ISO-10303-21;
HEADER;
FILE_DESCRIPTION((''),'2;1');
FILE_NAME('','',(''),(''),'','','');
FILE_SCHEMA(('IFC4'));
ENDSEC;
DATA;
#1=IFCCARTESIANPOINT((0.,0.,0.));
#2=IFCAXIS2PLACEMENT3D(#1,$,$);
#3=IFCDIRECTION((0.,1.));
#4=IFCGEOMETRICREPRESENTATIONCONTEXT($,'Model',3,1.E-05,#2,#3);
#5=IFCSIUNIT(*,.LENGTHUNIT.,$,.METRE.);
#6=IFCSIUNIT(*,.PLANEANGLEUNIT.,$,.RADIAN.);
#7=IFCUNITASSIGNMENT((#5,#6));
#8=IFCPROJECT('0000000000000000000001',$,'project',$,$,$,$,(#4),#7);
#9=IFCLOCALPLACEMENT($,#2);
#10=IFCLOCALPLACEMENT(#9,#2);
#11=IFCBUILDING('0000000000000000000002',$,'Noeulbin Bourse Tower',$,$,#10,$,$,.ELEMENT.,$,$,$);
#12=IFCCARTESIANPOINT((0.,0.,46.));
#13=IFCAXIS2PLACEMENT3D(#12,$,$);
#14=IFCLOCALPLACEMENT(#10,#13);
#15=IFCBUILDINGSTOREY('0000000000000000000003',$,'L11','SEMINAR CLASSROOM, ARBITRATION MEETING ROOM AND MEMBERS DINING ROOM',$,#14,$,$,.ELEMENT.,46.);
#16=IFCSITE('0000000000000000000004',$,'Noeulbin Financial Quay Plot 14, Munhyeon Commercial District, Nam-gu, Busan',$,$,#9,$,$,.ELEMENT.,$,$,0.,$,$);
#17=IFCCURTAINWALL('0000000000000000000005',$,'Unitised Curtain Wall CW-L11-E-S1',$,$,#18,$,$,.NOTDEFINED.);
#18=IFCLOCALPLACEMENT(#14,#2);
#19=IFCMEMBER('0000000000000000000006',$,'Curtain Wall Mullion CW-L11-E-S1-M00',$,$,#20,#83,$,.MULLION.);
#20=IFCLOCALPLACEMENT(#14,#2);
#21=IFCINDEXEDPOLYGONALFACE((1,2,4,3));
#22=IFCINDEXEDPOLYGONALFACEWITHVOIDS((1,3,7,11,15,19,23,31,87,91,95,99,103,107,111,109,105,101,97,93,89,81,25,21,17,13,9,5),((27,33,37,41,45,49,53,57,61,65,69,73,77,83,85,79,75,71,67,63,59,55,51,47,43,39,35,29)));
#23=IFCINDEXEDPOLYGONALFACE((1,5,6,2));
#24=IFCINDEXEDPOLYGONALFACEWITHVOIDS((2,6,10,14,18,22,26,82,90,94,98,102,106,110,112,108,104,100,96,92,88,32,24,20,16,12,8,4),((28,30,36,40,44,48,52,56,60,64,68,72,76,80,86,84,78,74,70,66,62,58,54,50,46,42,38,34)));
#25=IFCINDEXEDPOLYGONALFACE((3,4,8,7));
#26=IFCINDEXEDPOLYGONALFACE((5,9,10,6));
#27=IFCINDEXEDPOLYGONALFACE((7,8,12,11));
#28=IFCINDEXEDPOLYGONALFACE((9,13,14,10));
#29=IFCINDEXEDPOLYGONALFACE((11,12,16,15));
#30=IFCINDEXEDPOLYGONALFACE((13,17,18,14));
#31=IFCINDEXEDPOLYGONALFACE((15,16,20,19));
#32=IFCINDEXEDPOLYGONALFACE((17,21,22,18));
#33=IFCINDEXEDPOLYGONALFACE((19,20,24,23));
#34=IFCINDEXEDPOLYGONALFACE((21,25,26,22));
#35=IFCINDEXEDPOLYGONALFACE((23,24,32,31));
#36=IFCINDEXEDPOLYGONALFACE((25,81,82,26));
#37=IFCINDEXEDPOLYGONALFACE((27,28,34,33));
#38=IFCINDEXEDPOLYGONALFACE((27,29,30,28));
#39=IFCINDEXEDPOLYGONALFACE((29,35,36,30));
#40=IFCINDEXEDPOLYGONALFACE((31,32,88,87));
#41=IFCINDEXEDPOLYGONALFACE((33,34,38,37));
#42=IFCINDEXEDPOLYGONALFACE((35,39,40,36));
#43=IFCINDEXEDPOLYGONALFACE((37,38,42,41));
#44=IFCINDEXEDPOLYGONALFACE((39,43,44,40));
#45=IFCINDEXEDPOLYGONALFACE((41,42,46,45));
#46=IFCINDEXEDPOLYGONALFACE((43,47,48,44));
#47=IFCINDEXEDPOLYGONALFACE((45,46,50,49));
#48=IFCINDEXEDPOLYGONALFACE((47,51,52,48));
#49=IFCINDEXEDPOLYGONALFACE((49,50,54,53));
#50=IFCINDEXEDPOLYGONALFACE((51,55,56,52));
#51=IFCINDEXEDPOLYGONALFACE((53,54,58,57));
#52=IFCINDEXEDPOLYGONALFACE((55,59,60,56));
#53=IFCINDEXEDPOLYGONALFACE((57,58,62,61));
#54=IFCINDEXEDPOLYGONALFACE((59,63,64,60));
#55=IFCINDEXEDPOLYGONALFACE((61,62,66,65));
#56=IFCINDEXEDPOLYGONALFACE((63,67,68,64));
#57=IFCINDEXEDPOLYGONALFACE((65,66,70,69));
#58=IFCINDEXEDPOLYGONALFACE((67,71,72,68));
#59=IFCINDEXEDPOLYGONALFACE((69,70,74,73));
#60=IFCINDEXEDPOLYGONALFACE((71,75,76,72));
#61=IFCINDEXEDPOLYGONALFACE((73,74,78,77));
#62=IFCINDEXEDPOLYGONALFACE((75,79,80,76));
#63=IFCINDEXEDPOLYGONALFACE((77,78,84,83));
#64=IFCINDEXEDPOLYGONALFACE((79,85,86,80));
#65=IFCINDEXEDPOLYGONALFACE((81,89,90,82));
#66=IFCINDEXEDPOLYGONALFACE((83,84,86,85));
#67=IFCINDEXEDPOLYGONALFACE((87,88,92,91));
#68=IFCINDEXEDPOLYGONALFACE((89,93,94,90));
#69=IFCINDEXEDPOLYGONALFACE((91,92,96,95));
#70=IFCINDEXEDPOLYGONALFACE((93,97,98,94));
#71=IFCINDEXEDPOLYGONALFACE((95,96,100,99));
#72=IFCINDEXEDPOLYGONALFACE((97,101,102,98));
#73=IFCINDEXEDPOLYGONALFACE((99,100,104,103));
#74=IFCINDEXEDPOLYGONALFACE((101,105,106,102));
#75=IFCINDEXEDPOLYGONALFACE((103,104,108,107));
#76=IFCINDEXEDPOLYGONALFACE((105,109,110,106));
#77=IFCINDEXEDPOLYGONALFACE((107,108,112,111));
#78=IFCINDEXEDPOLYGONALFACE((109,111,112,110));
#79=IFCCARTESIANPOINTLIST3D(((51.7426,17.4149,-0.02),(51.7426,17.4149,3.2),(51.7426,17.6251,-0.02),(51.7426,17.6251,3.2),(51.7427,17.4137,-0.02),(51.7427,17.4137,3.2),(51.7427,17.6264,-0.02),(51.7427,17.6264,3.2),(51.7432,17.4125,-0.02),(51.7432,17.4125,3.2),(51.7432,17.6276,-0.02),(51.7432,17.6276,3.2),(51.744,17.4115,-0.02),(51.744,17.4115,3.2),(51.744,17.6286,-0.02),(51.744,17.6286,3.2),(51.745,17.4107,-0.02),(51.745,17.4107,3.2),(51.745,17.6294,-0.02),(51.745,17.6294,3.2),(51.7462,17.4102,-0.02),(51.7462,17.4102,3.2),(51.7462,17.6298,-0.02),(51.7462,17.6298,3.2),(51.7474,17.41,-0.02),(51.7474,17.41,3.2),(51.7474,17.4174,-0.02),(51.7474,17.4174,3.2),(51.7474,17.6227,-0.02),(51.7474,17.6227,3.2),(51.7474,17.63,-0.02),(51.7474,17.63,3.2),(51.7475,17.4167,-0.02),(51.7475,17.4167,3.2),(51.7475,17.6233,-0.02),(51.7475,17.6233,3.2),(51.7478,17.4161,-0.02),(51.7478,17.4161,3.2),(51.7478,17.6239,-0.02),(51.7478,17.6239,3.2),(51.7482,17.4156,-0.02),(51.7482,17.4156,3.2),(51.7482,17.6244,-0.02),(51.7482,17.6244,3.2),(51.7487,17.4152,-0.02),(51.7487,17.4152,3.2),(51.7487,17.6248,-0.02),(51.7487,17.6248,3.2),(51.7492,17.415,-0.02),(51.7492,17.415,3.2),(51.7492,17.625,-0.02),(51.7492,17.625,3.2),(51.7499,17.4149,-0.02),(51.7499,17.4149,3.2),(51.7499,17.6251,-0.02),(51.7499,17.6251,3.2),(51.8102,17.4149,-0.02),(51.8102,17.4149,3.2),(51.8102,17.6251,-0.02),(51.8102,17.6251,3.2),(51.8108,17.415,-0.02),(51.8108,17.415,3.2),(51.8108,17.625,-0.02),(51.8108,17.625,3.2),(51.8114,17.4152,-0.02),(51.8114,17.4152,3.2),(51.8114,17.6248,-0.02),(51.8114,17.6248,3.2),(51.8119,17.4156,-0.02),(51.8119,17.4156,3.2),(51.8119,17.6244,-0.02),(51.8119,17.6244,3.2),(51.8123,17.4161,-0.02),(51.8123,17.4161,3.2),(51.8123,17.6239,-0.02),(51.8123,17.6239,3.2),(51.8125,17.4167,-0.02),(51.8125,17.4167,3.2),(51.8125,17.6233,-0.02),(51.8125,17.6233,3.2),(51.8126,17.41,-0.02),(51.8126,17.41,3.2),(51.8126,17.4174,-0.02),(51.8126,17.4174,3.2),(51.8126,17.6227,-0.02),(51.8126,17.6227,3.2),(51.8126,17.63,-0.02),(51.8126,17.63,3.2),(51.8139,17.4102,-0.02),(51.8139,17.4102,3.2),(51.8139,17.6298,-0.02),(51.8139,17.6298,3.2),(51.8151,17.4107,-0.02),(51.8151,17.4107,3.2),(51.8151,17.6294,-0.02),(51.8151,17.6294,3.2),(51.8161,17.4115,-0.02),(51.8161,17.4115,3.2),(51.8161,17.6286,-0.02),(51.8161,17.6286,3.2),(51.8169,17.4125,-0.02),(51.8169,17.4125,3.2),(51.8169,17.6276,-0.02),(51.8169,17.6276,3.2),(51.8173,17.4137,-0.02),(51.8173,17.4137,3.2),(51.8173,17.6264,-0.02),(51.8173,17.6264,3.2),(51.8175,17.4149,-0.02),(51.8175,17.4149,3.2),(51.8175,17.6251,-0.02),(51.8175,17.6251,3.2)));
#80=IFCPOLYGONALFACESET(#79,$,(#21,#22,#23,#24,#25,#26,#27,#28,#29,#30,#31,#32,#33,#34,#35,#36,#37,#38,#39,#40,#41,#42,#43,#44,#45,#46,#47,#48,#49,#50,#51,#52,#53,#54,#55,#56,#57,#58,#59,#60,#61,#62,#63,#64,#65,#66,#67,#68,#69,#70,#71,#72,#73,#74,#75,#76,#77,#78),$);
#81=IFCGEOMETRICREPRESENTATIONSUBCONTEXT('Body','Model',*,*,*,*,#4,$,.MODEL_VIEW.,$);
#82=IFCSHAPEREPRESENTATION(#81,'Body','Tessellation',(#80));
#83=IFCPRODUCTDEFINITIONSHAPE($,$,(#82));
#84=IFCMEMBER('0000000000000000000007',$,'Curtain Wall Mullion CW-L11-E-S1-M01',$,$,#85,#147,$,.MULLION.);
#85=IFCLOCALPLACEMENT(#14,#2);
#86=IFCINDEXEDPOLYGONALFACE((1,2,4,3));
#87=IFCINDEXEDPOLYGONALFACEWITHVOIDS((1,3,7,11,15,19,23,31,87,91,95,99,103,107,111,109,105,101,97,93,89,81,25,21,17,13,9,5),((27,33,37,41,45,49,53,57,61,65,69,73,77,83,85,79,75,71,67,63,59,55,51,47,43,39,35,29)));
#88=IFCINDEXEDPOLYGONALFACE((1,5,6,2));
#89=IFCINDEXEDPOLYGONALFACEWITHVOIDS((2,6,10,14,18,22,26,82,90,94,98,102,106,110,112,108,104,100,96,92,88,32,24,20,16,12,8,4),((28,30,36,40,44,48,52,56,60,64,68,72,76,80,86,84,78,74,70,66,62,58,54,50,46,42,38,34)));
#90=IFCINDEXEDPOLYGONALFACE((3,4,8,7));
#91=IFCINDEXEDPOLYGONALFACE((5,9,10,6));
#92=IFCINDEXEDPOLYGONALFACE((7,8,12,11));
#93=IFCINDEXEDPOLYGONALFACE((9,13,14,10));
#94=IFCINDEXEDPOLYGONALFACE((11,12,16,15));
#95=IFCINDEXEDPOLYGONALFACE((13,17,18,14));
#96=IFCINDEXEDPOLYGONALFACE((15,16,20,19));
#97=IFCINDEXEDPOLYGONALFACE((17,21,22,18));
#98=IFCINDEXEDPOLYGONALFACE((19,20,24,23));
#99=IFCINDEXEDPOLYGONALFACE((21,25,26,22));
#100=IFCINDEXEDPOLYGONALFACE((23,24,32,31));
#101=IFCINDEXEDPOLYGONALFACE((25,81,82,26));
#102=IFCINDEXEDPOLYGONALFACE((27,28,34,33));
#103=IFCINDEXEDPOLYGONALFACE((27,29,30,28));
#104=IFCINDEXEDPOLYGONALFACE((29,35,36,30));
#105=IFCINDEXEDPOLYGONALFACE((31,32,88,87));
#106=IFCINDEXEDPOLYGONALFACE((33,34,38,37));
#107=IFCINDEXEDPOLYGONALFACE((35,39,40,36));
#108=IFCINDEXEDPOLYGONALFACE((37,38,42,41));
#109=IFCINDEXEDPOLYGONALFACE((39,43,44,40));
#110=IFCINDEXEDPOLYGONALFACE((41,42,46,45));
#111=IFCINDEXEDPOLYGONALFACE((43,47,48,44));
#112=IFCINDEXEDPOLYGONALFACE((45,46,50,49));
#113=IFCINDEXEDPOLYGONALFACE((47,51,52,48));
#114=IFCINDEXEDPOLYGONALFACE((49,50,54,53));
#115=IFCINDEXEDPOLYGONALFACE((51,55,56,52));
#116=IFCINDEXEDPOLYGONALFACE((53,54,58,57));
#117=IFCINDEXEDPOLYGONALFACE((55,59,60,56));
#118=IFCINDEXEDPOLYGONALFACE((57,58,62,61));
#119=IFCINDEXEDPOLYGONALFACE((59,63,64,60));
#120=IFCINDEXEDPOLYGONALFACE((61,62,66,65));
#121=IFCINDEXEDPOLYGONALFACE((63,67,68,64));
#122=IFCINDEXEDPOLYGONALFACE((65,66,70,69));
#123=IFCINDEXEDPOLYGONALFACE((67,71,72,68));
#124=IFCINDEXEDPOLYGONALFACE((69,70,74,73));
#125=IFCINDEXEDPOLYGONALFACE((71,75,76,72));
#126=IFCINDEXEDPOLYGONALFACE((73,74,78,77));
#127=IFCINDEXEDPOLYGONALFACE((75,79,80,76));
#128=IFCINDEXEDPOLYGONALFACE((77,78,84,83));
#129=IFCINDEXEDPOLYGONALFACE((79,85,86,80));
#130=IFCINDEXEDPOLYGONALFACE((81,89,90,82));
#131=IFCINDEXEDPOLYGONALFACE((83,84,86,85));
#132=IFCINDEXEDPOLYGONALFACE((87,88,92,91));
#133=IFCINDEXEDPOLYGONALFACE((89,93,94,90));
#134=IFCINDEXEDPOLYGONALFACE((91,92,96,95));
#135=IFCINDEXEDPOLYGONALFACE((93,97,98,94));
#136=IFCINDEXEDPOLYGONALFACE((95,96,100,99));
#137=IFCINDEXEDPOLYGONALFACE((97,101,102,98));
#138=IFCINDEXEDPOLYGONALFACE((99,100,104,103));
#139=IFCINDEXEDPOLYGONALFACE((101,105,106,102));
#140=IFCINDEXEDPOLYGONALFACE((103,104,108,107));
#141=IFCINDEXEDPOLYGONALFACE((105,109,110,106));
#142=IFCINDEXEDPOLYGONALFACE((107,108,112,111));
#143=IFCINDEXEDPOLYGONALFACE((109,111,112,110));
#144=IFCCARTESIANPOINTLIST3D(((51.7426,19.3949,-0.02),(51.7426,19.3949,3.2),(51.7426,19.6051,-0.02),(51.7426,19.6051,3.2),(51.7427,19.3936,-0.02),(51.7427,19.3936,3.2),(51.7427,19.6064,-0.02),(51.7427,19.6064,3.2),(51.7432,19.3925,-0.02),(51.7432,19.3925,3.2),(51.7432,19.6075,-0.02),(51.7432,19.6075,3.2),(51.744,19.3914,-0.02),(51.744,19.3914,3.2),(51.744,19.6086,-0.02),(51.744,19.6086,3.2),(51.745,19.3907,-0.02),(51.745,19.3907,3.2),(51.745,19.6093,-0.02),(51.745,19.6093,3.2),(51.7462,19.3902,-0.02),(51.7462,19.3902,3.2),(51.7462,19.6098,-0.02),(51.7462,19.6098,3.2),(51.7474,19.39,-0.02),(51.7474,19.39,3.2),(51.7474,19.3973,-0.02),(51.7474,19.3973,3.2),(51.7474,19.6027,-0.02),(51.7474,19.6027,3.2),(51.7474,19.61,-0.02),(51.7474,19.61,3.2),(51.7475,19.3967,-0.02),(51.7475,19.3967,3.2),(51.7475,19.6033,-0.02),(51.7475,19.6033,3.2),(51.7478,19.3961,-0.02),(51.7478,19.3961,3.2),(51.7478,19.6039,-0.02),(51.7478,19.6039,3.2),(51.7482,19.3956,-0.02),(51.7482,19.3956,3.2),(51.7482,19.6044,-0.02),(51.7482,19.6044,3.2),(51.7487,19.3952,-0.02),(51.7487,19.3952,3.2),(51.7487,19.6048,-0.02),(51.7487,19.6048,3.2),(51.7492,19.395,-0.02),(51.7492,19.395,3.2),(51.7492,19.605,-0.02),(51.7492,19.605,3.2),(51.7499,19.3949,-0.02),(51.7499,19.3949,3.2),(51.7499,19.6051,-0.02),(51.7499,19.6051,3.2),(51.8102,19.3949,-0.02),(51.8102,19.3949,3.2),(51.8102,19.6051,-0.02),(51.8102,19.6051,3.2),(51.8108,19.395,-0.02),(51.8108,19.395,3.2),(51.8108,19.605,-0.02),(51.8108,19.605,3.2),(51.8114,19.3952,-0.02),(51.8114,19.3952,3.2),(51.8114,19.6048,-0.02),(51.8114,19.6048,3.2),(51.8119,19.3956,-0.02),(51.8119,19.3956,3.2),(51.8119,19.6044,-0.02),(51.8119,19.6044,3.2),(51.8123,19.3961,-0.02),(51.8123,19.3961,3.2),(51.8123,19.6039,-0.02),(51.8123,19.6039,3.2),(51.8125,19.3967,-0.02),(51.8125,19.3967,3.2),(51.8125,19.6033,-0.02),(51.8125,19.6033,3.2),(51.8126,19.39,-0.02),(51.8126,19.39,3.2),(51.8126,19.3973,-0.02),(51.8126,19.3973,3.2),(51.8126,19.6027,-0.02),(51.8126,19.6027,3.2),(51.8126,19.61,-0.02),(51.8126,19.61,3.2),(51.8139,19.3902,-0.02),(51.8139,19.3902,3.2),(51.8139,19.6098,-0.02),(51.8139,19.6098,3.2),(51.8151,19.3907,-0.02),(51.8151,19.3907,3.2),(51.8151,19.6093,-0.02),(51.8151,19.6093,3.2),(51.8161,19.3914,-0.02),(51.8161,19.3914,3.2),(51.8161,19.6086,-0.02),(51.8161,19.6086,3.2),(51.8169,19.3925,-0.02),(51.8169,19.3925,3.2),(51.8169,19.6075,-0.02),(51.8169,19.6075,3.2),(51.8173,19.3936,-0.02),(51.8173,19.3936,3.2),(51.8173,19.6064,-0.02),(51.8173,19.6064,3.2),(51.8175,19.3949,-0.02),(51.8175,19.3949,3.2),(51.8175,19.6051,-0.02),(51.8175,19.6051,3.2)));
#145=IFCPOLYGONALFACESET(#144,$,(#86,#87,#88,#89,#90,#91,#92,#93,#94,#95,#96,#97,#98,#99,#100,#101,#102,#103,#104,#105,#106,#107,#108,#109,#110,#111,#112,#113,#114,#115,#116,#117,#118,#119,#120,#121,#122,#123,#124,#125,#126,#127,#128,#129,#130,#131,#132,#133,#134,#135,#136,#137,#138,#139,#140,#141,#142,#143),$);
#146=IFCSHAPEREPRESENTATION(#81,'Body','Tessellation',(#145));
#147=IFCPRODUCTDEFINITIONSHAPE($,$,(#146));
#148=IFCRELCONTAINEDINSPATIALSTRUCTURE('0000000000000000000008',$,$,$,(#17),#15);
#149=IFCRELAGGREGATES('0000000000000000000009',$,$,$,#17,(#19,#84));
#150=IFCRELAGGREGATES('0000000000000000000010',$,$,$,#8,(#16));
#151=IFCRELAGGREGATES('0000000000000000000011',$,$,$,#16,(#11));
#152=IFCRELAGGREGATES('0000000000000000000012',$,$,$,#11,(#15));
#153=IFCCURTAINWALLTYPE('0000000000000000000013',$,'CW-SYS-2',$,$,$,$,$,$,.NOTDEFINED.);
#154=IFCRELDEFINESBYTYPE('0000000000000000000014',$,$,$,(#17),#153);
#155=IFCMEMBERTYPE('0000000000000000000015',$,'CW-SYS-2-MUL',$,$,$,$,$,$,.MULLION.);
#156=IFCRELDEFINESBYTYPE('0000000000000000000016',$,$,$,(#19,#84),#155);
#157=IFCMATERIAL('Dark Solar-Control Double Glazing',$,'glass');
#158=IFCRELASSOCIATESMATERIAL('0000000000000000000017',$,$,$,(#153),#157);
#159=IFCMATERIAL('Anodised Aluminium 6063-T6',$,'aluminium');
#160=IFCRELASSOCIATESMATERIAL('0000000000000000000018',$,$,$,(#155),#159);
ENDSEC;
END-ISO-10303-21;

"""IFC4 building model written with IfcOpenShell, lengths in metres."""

from ifc_helpers import new_model, si_unit, direction, frame, origin, origin_2d, place, context, subcontext, project, spatial, hollow_rectangle, extrude, material, material_profile, profile_set, type_object, element, aggregate, save


model = new_model("IFC4")

# Units and contexts
model_context = context("Model", 3, precision=1e-05, world=origin(), true_north=direction((0.0, 1.0)))
body_context = subcontext(model_context, "Body", "Model", "MODEL_VIEW")
ifc_project = project(units=[si_unit("LENGTHUNIT", "METRE"), si_unit("PLANEANGLEUNIT", "RADIAN")], contexts=[model_context])

# Site, building, storey
site_placement = place(None, origin())
site = spatial("IfcSite", under=ifc_project, at=site_placement, Name="Noeulbin Financial Quay Plot 14, Munhyeon Commercial District, Nam-gu, Busan", CompositionType="ELEMENT", RefElevation=0.0)
building_placement = place(site_placement, origin())
building = spatial("IfcBuilding", under=site, at=building_placement, Name="Noeulbin Bourse Tower", CompositionType="ELEMENT")
storey_placement = place(building_placement, frame((0.0, 0.0, 46.0)))
storey = spatial("IfcBuildingStorey", under=building, at=storey_placement, Name="L11", Description="SEMINAR CLASSROOM, ARBITRATION MEETING ROOM AND MEMBERS DINING ROOM", CompositionType="ELEMENT", Elevation=46.0)

# Curtain wall, members
ifc_material_1 = material(Name="Dark Solar-Control Double Glazing", Category="glass")
curtain_wall_type = type_object("IfcCurtainWallType", Name="CW-SYS-2", PredefinedType="NOTDEFINED", material=ifc_material_1)
ifc_material_2 = material(Name="Anodised Aluminium 6063-T6", Category="aluminium")
ifc_material_profile_1 = material_profile(ifc_material_2, hollow_rectangle(XDim=0.075, YDim=0.22, WallThickness=0.0049, InnerFilletRadius=0.0024, OuterFilletRadius=0.0049, at=origin_2d()), Name="ALU-MULL-75x220x5", Category="LoadBearing")
ifc_profile_set_1 = profile_set([ifc_material_profile_1], Name="Anodised Aluminium 6063-T6")
member_type_1 = type_object("IfcMemberType", Name="CW-SYS-2-MUL", PredefinedType="MULLION", material=ifc_profile_set_1)
curtain_wall_1_placement = place(storey_placement, origin())
curtain_wall_1 = element("IfcCurtainWall", 1, at=curtain_wall_1_placement, inside=storey, type_object=curtain_wall_type, Name="Unitised Curtain Wall CW-L11-E-S1", PredefinedType="NOTDEFINED")
member_1_placement = place(storey_placement, frame((51.78, 17.52, -0.02), z_axis=(0.0, 0.0, 1.0), x_axis=(1.0, 0.0, 0.0)))
member_1 = element("IfcMember", 2, at=member_1_placement, type_object=member_type_1, Name="Curtain Wall Mullion CW-L11-E-S1-M00", PredefinedType="MULLION", context=body_context, shape_type="SweptSolid", body=[
    extrude(hollow_rectangle(XDim=0.075, YDim=0.22, WallThickness=0.0049, InnerFilletRadius=0.0024, OuterFilletRadius=0.0049, at=origin_2d()), origin(), (0.0, 0.0, 1.0), 3.22),
])
member_2_placement = place(storey_placement, frame((51.78, 19.5, -0.02), z_axis=(0.0, 0.0, 1.0), x_axis=(1.0, 0.0, 0.0)))
member_2 = element("IfcMember", 3, at=member_2_placement, type_object=member_type_1, Name="Curtain Wall Mullion CW-L11-E-S1-M01", PredefinedType="MULLION", context=body_context, shape_type="SweptSolid", body=[
    extrude(hollow_rectangle(XDim=0.075, YDim=0.22, WallThickness=0.0049, InnerFilletRadius=0.0024, OuterFilletRadius=0.0049, at=origin_2d()), origin(), (0.0, 0.0, 1.0), 3.22),
])

aggregate(curtain_wall_1, [member_1, member_2])

save(model, "model.ifc")
